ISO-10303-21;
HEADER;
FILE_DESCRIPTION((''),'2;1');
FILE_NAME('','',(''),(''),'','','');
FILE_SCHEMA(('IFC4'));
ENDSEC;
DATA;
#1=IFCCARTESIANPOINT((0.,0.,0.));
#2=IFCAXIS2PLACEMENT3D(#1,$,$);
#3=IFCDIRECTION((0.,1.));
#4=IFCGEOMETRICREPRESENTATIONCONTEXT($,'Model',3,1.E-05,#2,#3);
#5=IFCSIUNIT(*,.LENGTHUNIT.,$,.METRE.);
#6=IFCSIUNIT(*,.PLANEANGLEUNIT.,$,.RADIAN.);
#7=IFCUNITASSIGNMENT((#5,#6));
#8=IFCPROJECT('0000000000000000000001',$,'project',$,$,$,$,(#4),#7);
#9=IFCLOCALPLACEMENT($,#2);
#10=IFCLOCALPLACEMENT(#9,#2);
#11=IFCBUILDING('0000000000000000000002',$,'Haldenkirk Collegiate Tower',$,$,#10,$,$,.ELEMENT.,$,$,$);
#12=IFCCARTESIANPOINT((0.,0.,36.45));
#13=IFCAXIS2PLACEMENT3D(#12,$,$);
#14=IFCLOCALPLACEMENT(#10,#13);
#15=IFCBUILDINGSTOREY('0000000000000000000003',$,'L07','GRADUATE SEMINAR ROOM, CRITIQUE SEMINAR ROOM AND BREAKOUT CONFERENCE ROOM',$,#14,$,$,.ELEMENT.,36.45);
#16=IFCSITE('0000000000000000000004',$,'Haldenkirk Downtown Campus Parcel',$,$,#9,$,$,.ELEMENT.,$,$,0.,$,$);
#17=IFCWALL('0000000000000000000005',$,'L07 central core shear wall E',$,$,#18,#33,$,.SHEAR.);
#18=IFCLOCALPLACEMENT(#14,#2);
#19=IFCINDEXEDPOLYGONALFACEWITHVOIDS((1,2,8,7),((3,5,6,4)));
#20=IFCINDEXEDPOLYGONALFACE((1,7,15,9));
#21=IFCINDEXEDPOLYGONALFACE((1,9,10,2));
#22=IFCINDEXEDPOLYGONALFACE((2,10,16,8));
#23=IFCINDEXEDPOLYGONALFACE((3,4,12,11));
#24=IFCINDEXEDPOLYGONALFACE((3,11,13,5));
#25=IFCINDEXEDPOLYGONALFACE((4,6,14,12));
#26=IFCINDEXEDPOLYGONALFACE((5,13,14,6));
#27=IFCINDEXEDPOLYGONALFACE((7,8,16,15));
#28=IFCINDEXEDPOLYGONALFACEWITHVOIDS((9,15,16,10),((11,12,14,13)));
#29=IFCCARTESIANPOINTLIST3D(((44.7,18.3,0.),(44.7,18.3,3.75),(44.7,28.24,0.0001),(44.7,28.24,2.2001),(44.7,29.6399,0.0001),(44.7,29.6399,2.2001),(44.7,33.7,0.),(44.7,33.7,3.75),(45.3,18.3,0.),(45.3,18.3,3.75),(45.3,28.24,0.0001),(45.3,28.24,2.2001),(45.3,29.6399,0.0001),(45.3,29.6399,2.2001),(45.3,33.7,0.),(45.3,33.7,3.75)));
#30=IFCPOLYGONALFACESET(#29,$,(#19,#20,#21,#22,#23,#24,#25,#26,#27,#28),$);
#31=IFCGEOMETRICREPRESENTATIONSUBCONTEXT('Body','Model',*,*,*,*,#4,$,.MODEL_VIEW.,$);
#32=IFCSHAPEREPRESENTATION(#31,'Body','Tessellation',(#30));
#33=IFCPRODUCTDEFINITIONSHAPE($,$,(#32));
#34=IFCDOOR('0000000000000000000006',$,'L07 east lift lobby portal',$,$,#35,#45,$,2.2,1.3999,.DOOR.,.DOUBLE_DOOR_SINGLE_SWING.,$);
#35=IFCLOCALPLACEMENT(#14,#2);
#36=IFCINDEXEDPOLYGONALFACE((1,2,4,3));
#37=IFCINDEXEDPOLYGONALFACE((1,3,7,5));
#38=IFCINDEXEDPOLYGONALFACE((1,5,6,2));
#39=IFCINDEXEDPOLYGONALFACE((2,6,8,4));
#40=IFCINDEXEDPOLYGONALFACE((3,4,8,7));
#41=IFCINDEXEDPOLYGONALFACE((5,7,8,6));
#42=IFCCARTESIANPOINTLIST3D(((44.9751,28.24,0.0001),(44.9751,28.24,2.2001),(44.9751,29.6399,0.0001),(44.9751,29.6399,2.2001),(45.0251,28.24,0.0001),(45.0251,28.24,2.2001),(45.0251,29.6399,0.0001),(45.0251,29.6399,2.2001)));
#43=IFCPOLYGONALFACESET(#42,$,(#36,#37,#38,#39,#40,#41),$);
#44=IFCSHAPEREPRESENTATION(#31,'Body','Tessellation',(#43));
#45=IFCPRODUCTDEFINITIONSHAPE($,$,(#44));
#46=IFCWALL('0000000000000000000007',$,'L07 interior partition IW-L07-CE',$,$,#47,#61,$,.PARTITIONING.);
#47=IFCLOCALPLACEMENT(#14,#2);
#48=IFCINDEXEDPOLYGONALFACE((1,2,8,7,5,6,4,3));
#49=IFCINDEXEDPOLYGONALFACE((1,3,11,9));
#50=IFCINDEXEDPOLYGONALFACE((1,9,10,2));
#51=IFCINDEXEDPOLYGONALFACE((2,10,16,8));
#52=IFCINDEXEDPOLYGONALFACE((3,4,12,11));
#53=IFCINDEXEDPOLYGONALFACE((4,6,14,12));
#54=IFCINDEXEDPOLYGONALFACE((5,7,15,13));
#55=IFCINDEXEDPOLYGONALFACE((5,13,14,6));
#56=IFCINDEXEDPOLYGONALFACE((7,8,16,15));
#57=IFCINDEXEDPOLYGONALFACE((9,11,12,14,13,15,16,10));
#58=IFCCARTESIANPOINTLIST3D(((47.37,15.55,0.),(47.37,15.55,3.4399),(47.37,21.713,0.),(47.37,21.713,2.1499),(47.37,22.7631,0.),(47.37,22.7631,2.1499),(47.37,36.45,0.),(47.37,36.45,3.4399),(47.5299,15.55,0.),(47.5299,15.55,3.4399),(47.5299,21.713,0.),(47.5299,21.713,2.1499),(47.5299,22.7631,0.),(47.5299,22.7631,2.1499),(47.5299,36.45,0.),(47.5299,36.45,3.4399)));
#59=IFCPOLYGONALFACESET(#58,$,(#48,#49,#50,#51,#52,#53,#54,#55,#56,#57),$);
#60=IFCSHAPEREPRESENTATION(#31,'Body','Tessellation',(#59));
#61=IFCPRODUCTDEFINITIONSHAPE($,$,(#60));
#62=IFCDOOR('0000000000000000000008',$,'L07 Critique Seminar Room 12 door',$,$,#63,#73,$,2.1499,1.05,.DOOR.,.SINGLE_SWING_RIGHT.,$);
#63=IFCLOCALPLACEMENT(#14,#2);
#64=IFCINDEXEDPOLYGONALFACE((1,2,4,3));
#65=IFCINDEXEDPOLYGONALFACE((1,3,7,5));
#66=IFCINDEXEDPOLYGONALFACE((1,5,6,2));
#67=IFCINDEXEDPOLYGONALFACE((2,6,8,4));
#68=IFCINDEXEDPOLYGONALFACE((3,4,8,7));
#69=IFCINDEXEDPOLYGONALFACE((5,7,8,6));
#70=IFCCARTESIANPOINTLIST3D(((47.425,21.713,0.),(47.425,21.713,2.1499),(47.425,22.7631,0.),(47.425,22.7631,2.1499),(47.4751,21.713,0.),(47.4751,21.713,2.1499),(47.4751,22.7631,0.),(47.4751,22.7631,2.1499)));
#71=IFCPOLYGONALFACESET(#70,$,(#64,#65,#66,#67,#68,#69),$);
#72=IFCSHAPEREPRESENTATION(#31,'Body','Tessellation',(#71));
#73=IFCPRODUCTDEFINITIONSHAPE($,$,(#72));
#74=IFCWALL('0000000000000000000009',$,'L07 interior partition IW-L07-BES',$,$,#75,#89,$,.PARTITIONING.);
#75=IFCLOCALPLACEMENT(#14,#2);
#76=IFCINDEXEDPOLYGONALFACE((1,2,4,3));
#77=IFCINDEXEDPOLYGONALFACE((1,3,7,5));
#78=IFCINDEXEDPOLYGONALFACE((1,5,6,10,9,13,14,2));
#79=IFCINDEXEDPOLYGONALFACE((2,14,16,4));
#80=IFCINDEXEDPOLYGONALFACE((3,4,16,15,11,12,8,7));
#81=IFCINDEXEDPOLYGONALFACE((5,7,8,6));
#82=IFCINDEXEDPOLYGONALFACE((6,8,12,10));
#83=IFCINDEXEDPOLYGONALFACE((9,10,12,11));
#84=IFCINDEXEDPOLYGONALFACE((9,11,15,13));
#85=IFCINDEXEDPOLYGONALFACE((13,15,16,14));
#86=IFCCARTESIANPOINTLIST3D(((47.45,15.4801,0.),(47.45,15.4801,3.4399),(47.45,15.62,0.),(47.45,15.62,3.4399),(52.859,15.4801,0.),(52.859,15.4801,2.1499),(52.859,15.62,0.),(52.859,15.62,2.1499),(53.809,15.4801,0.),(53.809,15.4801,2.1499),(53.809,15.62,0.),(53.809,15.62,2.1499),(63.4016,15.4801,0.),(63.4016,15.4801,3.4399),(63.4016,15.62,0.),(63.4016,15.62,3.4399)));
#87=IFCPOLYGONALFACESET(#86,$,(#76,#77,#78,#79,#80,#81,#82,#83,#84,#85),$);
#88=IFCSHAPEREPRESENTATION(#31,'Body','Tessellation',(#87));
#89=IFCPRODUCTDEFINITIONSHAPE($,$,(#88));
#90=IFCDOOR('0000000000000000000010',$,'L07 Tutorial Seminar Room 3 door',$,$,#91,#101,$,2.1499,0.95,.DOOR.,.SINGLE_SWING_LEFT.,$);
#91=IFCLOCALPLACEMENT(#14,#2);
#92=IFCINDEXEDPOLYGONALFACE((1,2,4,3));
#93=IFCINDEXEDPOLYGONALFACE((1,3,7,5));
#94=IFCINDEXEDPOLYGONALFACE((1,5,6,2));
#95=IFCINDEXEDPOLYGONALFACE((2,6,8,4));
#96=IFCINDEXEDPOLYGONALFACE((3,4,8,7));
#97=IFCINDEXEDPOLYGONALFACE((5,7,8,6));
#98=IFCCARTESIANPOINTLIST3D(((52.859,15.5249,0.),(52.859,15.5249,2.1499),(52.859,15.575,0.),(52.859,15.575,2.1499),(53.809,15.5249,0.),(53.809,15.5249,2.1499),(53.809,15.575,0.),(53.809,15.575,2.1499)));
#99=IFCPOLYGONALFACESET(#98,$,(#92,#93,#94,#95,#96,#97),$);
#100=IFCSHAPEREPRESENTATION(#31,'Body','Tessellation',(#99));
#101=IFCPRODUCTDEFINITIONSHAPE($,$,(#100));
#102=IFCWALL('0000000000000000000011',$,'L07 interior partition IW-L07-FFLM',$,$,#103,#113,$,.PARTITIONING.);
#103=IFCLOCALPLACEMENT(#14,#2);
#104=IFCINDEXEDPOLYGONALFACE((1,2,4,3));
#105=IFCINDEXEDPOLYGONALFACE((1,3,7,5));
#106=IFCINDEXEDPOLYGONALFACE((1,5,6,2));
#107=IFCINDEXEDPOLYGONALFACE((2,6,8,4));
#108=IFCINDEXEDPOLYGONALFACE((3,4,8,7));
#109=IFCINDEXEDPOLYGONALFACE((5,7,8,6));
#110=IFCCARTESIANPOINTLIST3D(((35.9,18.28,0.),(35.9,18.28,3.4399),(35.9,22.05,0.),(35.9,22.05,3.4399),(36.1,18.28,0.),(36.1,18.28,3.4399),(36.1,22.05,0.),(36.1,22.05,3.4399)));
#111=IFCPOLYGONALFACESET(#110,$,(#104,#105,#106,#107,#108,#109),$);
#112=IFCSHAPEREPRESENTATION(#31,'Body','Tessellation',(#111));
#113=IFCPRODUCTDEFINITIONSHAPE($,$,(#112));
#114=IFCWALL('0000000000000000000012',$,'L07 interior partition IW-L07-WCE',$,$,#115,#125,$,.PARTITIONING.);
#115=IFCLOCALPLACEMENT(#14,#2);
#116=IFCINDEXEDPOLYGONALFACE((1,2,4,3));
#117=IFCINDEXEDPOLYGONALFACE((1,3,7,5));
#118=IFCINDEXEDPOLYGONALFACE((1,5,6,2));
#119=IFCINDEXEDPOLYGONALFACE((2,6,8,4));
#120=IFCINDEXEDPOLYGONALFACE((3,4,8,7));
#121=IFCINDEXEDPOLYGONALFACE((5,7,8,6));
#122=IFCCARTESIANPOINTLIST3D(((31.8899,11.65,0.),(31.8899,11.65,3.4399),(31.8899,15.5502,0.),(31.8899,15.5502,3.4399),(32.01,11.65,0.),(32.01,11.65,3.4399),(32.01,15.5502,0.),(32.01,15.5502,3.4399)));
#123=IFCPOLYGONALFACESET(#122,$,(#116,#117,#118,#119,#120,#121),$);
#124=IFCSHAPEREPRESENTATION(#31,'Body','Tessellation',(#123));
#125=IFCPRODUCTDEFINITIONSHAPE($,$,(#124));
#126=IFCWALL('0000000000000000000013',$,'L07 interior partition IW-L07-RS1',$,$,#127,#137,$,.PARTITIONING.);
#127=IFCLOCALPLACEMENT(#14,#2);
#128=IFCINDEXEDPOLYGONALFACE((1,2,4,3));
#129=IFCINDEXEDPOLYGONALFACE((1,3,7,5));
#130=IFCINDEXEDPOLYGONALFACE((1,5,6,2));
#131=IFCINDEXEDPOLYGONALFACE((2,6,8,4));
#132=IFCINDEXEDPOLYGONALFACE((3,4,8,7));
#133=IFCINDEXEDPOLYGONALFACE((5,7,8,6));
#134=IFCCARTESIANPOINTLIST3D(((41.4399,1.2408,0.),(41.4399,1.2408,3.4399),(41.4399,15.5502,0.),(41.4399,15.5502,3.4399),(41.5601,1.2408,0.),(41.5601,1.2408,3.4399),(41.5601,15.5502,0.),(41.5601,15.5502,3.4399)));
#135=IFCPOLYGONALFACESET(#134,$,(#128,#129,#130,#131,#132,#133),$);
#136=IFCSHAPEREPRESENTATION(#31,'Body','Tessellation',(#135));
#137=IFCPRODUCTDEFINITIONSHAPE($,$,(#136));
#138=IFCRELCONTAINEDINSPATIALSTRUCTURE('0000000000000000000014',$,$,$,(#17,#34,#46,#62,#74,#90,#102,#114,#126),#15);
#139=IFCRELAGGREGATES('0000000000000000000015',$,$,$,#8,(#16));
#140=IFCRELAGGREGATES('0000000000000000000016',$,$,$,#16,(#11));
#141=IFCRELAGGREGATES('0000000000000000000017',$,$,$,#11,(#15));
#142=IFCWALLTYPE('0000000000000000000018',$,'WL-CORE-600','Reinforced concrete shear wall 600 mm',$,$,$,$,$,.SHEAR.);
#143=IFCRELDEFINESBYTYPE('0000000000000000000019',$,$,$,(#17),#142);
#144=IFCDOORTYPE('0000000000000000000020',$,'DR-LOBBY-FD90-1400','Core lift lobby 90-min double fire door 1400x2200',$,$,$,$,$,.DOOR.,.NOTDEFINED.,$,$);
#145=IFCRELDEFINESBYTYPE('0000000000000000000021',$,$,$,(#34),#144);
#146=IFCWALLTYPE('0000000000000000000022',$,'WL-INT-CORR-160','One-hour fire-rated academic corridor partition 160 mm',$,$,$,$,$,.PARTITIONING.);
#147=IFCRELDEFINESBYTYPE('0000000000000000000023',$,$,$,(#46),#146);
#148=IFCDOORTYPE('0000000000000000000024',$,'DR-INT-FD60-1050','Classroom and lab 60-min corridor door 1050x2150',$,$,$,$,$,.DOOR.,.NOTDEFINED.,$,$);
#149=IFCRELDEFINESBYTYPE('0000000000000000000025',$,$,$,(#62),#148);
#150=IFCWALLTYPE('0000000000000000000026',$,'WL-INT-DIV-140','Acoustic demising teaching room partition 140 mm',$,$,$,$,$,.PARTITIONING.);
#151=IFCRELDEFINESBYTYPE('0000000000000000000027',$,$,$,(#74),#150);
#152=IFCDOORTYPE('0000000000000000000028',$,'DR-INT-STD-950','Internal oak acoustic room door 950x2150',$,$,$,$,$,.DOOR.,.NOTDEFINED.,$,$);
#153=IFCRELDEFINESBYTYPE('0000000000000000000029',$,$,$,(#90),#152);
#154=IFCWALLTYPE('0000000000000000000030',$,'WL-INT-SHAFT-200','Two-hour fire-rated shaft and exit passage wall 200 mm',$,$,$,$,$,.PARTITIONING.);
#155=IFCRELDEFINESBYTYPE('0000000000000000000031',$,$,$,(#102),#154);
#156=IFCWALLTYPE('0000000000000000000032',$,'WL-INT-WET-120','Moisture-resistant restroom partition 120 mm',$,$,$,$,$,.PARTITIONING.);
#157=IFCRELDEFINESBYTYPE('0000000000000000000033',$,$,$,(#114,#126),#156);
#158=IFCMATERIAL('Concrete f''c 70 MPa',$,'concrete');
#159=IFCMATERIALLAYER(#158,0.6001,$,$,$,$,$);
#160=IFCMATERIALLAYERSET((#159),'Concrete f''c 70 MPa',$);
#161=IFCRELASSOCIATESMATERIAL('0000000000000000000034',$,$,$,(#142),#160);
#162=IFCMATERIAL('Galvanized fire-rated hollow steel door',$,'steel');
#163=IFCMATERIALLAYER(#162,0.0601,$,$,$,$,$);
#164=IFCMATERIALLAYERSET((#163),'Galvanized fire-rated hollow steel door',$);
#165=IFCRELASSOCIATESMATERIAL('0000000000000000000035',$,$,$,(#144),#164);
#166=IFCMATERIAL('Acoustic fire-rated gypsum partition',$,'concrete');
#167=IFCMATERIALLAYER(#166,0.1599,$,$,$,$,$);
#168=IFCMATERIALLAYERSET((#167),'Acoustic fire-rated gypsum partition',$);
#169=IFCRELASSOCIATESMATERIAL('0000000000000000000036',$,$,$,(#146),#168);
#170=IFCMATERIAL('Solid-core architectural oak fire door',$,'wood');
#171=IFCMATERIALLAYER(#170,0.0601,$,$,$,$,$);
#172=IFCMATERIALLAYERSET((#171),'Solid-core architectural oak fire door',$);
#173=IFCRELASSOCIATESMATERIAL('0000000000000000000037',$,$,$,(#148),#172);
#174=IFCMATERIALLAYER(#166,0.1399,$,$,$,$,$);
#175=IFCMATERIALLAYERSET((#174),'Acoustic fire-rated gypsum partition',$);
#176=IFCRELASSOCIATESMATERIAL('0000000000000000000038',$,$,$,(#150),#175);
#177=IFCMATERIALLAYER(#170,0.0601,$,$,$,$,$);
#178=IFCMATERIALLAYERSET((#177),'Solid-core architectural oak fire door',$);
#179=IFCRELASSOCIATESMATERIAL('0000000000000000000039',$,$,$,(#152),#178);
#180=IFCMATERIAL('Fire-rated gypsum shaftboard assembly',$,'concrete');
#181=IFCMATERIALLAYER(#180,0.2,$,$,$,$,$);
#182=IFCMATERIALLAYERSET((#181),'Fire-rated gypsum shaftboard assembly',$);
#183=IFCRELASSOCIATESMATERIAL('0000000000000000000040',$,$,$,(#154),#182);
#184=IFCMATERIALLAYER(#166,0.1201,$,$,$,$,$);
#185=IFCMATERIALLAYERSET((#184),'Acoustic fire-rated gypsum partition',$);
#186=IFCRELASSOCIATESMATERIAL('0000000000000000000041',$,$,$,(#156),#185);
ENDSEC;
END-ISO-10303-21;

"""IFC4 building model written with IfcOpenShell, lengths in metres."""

from ifc_helpers import new_model, si_unit, direction, frame, frame_2d, origin, place, context, subcontext, project, spatial, rectangle, extrude, material, layer, layer_set, type_object, element, fill, save


model = new_model("IFC4")

# Units and contexts
model_context = context("Model", 3, precision=1e-05, world=origin(), true_north=direction((0.0, 1.0)))
body_context = subcontext(model_context, "Body", "Model", "MODEL_VIEW")
ifc_project = project(units=[si_unit("LENGTHUNIT", "METRE"), si_unit("PLANEANGLEUNIT", "RADIAN")], contexts=[model_context])

# Site, building, storey
site_placement = place(None, origin())
site = spatial("IfcSite", under=ifc_project, at=site_placement, Name="Haldenkirk Downtown Campus Parcel", CompositionType="ELEMENT", RefElevation=0.0)
building_placement = place(site_placement, origin())
building = spatial("IfcBuilding", under=site, at=building_placement, Name="Haldenkirk Collegiate Tower", CompositionType="ELEMENT")
storey_placement = place(building_placement, frame((0.0, 0.0, 36.45)))
storey = spatial("IfcBuildingStorey", under=building, at=storey_placement, Name="L07", Description="GRADUATE SEMINAR ROOM, CRITIQUE SEMINAR ROOM AND BREAKOUT CONFERENCE ROOM", CompositionType="ELEMENT", Elevation=36.45)

# Walls, openings, doors
ifc_material_1 = material(Name="Concrete f'c 70 MPa", Category="concrete")
ifc_layer_1 = layer(ifc_material_1, 0.6001)
ifc_layer_set_1 = layer_set([ifc_layer_1], Name="Concrete f'c 70 MPa")
wall_type_1 = type_object("IfcWallType", Name="WL-CORE-600", Description="Reinforced concrete shear wall 600 mm", PredefinedType="SHEAR", material=ifc_layer_set_1)
wall_1_placement = place(storey_placement, frame((45.0, 18.3, 0.0), z_axis=(0.0, 0.0, 1.0), x_axis=(0.0, 1.0, 0.0)))
wall_1 = element("IfcWall", 1, at=wall_1_placement, inside=storey, type_object=wall_type_1, Name="L07 central core shear wall E", PredefinedType="SHEAR", context=body_context, shape_type="SweptSolid", body=[
    extrude(rectangle(XDim=15.3999, YDim=0.6001, at=frame_2d((7.7, 0.0))), origin(), (0.0, 0.0, 1.0), 3.75),
])
opening_1_placement = place(wall_1_placement, frame((9.9399, 0.0, 0.0)))
opening_1 = element("IfcOpeningElement", 2, at=opening_1_placement, cuts=wall_1, PredefinedType="OPENING", context=body_context, shape_type="SweptSolid", body=[
    extrude(rectangle(XDim=1.3999, YDim=2.2, at=frame_2d((0.7, 1.1001))), frame((0.0, 0.3101, 0.0), z_axis=(0.0, -1.0, 0.0), x_axis=(1.0, 0.0, 0.0)), (0.0, 0.0, 1.0), 0.6201),
])
ifc_material_2 = material(Name="Galvanized fire-rated hollow steel door", Category="steel")
ifc_layer_2 = layer(ifc_material_2, 0.0601)
ifc_layer_set_2 = layer_set([ifc_layer_2], Name="Galvanized fire-rated hollow steel door")
door_type_1 = type_object("IfcDoorType", Name="DR-LOBBY-FD90-1400", Description="Core lift lobby 90-min double fire door 1400x2200", OperationType="NOTDEFINED", PredefinedType="DOOR", material=ifc_layer_set_2)
door_1_placement = place(opening_1_placement, origin())
door_1 = element("IfcDoor", 3, at=door_1_placement, inside=storey, type_object=door_type_1, Name="L07 east lift lobby portal", OperationType="DOUBLE_DOOR_SINGLE_SWING", OverallHeight=2.2, OverallWidth=1.3999, PredefinedType="DOOR", context=body_context, shape_type="SweptSolid", body=[
    extrude(rectangle(XDim=1.3999, YDim=2.2, at=frame_2d((0.7, 1.1001))), frame((0.0, 0.0249, 0.0), z_axis=(0.0, -1.0, 0.0), x_axis=(1.0, 0.0, 0.0)), (0.0, 0.0, 1.0), 0.05),
])
fill(opening_1, door_1)
ifc_material_3 = material(Name="Acoustic fire-rated gypsum partition", Category="concrete")
ifc_layer_3 = layer(ifc_material_3, 0.1599)
ifc_layer_set_3 = layer_set([ifc_layer_3], Name="Acoustic fire-rated gypsum partition")
wall_type_2 = type_object("IfcWallType", Name="WL-INT-CORR-160", Description="One-hour fire-rated academic corridor partition 160 mm", PredefinedType="PARTITIONING", material=ifc_layer_set_3)
wall_2_placement = place(storey_placement, frame((47.45, 15.55, 0.0), z_axis=(0.0, 0.0, 1.0), x_axis=(0.0, 1.0, 0.0)))
wall_2 = element("IfcWall", 4, at=wall_2_placement, inside=storey, type_object=wall_type_2, Name="L07 interior partition IW-L07-CE", PredefinedType="PARTITIONING", context=body_context, shape_type="SweptSolid", body=[
    extrude(rectangle(XDim=20.8999, YDim=0.1599, at=frame_2d((10.45, 0.0))), origin(), (0.0, 0.0, 1.0), 3.4399),
])
opening_2_placement = place(wall_2_placement, frame((6.1631, 0.0, 0.0)))
opening_2 = element("IfcOpeningElement", 5, at=opening_2_placement, cuts=wall_2, PredefinedType="OPENING", context=body_context, shape_type="SweptSolid", body=[
    extrude(rectangle(XDim=1.05, YDim=2.1499, at=frame_2d((0.5249, 1.075))), frame((0.0, 0.0898, 0.0), z_axis=(0.0, -1.0, 0.0), x_axis=(1.0, 0.0, 0.0)), (0.0, 0.0, 1.0), 0.1799),
])
ifc_material_4 = material(Name="Solid-core architectural oak fire door", Category="wood")
ifc_layer_4 = layer(ifc_material_4, 0.0601)
ifc_layer_set_4 = layer_set([ifc_layer_4], Name="Solid-core architectural oak fire door")
door_type_2 = type_object("IfcDoorType", Name="DR-INT-FD60-1050", Description="Classroom and lab 60-min corridor door 1050x2150", OperationType="NOTDEFINED", PredefinedType="DOOR", material=ifc_layer_set_4)
door_2_placement = place(opening_2_placement, origin())
door_2 = element("IfcDoor", 6, at=door_2_placement, inside=storey, type_object=door_type_2, Name="L07 Critique Seminar Room 12 door", OperationType="SINGLE_SWING_RIGHT", OverallHeight=2.1499, OverallWidth=1.05, PredefinedType="DOOR", context=body_context, shape_type="SweptSolid", body=[
    extrude(rectangle(XDim=1.05, YDim=2.1499, at=frame_2d((0.5249, 1.075))), frame((0.0, 0.0249, 0.0), z_axis=(0.0, -1.0, 0.0), x_axis=(1.0, 0.0, 0.0)), (0.0, 0.0, 1.0), 0.05),
])
fill(opening_2, door_2)
ifc_layer_5 = layer(ifc_material_3, 0.1399)
ifc_layer_set_5 = layer_set([ifc_layer_5], Name="Acoustic fire-rated gypsum partition")
wall_type_3 = type_object("IfcWallType", Name="WL-INT-DIV-140", Description="Acoustic demising teaching room partition 140 mm", PredefinedType="PARTITIONING", material=ifc_layer_set_5)
wall_3_placement = place(storey_placement, frame((47.45, 15.55, 0.0), z_axis=(0.0, 0.0, 1.0), x_axis=(1.0, 0.0, 0.0)))
wall_3 = element("IfcWall", 7, at=wall_3_placement, inside=storey, type_object=wall_type_3, Name="L07 interior partition IW-L07-BES", PredefinedType="PARTITIONING", context=body_context, shape_type="SweptSolid", body=[
    extrude(rectangle(XDim=15.9517, YDim=0.1399, at=frame_2d((7.9758, 0.0))), origin(), (0.0, 0.0, 1.0), 3.4399),
])
opening_3_placement = place(wall_3_placement, frame((5.4089, 0.0, 0.0)))
opening_3 = element("IfcOpeningElement", 8, at=opening_3_placement, cuts=wall_3, PredefinedType="OPENING", context=body_context, shape_type="SweptSolid", body=[
    extrude(rectangle(XDim=0.95, YDim=2.1499, at=frame_2d((0.4751, 1.075))), frame((0.0, 0.0798, 0.0), z_axis=(0.0, -1.0, 0.0), x_axis=(1.0, 0.0, 0.0)), (0.0, 0.0, 1.0), 0.1599),
])
ifc_layer_6 = layer(ifc_material_4, 0.0601)
ifc_layer_set_6 = layer_set([ifc_layer_6], Name="Solid-core architectural oak fire door")
door_type_3 = type_object("IfcDoorType", Name="DR-INT-STD-950", Description="Internal oak acoustic room door 950x2150", OperationType="NOTDEFINED", PredefinedType="DOOR", material=ifc_layer_set_6)
door_3_placement = place(opening_3_placement, origin())
door_3 = element("IfcDoor", 9, at=door_3_placement, inside=storey, type_object=door_type_3, Name="L07 Tutorial Seminar Room 3 door", OperationType="SINGLE_SWING_LEFT", OverallHeight=2.1499, OverallWidth=0.95, PredefinedType="DOOR", context=body_context, shape_type="SweptSolid", body=[
    extrude(rectangle(XDim=0.95, YDim=2.1499, at=frame_2d((0.4751, 1.075))), frame((0.0, 0.0249, 0.0), z_axis=(0.0, -1.0, 0.0), x_axis=(1.0, 0.0, 0.0)), (0.0, 0.0, 1.0), 0.05),
])
fill(opening_3, door_3)

# Walls
ifc_material_5 = material(Name="Fire-rated gypsum shaftboard assembly", Category="concrete")
ifc_layer_7 = layer(ifc_material_5, 0.2)
ifc_layer_set_7 = layer_set([ifc_layer_7], Name="Fire-rated gypsum shaftboard assembly")
wall_type_4 = type_object("IfcWallType", Name="WL-INT-SHAFT-200", Description="Two-hour fire-rated shaft and exit passage wall 200 mm", PredefinedType="PARTITIONING", material=ifc_layer_set_7)
wall_4_placement = place(storey_placement, frame((36.0, 18.28, 0.0), z_axis=(0.0, 0.0, 1.0), x_axis=(0.0, 1.0, 0.0)))
element("IfcWall", 10, at=wall_4_placement, inside=storey, type_object=wall_type_4, Name="L07 interior partition IW-L07-FFLM", PredefinedType="PARTITIONING", context=body_context, shape_type="SweptSolid", body=[
    extrude(rectangle(XDim=3.77, YDim=0.2, at=frame_2d((1.885, 0.0))), origin(), (0.0, 0.0, 1.0), 3.4399),
])
ifc_layer_8 = layer(ifc_material_3, 0.1201)
ifc_layer_set_8 = layer_set([ifc_layer_8], Name="Acoustic fire-rated gypsum partition")
wall_type_5 = type_object("IfcWallType", Name="WL-INT-WET-120", Description="Moisture-resistant restroom partition 120 mm", PredefinedType="PARTITIONING", material=ifc_layer_set_8)
wall_5_placement = place(storey_placement, frame((31.95, 11.6499, 0.0), z_axis=(0.0, 0.0, 1.0), x_axis=(0.0, 1.0, 0.0)))
element("IfcWall", 11, at=wall_5_placement, inside=storey, type_object=wall_type_5, Name="L07 interior partition IW-L07-WCE", PredefinedType="PARTITIONING", context=body_context, shape_type="SweptSolid", body=[
    extrude(rectangle(XDim=3.9001, YDim=0.1201, at=frame_2d((1.9502, 0.0))), origin(), (0.0, 0.0, 1.0), 3.4399),
])
wall_6_placement = place(storey_placement, frame((41.5, 1.2407, 0.0), z_axis=(0.0, 0.0, 1.0), x_axis=(0.0, 1.0, 0.0)))
element("IfcWall", 12, at=wall_6_placement, inside=storey, type_object=wall_type_5, Name="L07 interior partition IW-L07-RS1", PredefinedType="PARTITIONING", context=body_context, shape_type="SweptSolid", body=[
    extrude(rectangle(XDim=14.3093, YDim=0.1201, at=frame_2d((7.1548, 0.0))), origin(), (0.0, 0.0, 1.0), 3.4399),
])

save(model, "model.ifc")
